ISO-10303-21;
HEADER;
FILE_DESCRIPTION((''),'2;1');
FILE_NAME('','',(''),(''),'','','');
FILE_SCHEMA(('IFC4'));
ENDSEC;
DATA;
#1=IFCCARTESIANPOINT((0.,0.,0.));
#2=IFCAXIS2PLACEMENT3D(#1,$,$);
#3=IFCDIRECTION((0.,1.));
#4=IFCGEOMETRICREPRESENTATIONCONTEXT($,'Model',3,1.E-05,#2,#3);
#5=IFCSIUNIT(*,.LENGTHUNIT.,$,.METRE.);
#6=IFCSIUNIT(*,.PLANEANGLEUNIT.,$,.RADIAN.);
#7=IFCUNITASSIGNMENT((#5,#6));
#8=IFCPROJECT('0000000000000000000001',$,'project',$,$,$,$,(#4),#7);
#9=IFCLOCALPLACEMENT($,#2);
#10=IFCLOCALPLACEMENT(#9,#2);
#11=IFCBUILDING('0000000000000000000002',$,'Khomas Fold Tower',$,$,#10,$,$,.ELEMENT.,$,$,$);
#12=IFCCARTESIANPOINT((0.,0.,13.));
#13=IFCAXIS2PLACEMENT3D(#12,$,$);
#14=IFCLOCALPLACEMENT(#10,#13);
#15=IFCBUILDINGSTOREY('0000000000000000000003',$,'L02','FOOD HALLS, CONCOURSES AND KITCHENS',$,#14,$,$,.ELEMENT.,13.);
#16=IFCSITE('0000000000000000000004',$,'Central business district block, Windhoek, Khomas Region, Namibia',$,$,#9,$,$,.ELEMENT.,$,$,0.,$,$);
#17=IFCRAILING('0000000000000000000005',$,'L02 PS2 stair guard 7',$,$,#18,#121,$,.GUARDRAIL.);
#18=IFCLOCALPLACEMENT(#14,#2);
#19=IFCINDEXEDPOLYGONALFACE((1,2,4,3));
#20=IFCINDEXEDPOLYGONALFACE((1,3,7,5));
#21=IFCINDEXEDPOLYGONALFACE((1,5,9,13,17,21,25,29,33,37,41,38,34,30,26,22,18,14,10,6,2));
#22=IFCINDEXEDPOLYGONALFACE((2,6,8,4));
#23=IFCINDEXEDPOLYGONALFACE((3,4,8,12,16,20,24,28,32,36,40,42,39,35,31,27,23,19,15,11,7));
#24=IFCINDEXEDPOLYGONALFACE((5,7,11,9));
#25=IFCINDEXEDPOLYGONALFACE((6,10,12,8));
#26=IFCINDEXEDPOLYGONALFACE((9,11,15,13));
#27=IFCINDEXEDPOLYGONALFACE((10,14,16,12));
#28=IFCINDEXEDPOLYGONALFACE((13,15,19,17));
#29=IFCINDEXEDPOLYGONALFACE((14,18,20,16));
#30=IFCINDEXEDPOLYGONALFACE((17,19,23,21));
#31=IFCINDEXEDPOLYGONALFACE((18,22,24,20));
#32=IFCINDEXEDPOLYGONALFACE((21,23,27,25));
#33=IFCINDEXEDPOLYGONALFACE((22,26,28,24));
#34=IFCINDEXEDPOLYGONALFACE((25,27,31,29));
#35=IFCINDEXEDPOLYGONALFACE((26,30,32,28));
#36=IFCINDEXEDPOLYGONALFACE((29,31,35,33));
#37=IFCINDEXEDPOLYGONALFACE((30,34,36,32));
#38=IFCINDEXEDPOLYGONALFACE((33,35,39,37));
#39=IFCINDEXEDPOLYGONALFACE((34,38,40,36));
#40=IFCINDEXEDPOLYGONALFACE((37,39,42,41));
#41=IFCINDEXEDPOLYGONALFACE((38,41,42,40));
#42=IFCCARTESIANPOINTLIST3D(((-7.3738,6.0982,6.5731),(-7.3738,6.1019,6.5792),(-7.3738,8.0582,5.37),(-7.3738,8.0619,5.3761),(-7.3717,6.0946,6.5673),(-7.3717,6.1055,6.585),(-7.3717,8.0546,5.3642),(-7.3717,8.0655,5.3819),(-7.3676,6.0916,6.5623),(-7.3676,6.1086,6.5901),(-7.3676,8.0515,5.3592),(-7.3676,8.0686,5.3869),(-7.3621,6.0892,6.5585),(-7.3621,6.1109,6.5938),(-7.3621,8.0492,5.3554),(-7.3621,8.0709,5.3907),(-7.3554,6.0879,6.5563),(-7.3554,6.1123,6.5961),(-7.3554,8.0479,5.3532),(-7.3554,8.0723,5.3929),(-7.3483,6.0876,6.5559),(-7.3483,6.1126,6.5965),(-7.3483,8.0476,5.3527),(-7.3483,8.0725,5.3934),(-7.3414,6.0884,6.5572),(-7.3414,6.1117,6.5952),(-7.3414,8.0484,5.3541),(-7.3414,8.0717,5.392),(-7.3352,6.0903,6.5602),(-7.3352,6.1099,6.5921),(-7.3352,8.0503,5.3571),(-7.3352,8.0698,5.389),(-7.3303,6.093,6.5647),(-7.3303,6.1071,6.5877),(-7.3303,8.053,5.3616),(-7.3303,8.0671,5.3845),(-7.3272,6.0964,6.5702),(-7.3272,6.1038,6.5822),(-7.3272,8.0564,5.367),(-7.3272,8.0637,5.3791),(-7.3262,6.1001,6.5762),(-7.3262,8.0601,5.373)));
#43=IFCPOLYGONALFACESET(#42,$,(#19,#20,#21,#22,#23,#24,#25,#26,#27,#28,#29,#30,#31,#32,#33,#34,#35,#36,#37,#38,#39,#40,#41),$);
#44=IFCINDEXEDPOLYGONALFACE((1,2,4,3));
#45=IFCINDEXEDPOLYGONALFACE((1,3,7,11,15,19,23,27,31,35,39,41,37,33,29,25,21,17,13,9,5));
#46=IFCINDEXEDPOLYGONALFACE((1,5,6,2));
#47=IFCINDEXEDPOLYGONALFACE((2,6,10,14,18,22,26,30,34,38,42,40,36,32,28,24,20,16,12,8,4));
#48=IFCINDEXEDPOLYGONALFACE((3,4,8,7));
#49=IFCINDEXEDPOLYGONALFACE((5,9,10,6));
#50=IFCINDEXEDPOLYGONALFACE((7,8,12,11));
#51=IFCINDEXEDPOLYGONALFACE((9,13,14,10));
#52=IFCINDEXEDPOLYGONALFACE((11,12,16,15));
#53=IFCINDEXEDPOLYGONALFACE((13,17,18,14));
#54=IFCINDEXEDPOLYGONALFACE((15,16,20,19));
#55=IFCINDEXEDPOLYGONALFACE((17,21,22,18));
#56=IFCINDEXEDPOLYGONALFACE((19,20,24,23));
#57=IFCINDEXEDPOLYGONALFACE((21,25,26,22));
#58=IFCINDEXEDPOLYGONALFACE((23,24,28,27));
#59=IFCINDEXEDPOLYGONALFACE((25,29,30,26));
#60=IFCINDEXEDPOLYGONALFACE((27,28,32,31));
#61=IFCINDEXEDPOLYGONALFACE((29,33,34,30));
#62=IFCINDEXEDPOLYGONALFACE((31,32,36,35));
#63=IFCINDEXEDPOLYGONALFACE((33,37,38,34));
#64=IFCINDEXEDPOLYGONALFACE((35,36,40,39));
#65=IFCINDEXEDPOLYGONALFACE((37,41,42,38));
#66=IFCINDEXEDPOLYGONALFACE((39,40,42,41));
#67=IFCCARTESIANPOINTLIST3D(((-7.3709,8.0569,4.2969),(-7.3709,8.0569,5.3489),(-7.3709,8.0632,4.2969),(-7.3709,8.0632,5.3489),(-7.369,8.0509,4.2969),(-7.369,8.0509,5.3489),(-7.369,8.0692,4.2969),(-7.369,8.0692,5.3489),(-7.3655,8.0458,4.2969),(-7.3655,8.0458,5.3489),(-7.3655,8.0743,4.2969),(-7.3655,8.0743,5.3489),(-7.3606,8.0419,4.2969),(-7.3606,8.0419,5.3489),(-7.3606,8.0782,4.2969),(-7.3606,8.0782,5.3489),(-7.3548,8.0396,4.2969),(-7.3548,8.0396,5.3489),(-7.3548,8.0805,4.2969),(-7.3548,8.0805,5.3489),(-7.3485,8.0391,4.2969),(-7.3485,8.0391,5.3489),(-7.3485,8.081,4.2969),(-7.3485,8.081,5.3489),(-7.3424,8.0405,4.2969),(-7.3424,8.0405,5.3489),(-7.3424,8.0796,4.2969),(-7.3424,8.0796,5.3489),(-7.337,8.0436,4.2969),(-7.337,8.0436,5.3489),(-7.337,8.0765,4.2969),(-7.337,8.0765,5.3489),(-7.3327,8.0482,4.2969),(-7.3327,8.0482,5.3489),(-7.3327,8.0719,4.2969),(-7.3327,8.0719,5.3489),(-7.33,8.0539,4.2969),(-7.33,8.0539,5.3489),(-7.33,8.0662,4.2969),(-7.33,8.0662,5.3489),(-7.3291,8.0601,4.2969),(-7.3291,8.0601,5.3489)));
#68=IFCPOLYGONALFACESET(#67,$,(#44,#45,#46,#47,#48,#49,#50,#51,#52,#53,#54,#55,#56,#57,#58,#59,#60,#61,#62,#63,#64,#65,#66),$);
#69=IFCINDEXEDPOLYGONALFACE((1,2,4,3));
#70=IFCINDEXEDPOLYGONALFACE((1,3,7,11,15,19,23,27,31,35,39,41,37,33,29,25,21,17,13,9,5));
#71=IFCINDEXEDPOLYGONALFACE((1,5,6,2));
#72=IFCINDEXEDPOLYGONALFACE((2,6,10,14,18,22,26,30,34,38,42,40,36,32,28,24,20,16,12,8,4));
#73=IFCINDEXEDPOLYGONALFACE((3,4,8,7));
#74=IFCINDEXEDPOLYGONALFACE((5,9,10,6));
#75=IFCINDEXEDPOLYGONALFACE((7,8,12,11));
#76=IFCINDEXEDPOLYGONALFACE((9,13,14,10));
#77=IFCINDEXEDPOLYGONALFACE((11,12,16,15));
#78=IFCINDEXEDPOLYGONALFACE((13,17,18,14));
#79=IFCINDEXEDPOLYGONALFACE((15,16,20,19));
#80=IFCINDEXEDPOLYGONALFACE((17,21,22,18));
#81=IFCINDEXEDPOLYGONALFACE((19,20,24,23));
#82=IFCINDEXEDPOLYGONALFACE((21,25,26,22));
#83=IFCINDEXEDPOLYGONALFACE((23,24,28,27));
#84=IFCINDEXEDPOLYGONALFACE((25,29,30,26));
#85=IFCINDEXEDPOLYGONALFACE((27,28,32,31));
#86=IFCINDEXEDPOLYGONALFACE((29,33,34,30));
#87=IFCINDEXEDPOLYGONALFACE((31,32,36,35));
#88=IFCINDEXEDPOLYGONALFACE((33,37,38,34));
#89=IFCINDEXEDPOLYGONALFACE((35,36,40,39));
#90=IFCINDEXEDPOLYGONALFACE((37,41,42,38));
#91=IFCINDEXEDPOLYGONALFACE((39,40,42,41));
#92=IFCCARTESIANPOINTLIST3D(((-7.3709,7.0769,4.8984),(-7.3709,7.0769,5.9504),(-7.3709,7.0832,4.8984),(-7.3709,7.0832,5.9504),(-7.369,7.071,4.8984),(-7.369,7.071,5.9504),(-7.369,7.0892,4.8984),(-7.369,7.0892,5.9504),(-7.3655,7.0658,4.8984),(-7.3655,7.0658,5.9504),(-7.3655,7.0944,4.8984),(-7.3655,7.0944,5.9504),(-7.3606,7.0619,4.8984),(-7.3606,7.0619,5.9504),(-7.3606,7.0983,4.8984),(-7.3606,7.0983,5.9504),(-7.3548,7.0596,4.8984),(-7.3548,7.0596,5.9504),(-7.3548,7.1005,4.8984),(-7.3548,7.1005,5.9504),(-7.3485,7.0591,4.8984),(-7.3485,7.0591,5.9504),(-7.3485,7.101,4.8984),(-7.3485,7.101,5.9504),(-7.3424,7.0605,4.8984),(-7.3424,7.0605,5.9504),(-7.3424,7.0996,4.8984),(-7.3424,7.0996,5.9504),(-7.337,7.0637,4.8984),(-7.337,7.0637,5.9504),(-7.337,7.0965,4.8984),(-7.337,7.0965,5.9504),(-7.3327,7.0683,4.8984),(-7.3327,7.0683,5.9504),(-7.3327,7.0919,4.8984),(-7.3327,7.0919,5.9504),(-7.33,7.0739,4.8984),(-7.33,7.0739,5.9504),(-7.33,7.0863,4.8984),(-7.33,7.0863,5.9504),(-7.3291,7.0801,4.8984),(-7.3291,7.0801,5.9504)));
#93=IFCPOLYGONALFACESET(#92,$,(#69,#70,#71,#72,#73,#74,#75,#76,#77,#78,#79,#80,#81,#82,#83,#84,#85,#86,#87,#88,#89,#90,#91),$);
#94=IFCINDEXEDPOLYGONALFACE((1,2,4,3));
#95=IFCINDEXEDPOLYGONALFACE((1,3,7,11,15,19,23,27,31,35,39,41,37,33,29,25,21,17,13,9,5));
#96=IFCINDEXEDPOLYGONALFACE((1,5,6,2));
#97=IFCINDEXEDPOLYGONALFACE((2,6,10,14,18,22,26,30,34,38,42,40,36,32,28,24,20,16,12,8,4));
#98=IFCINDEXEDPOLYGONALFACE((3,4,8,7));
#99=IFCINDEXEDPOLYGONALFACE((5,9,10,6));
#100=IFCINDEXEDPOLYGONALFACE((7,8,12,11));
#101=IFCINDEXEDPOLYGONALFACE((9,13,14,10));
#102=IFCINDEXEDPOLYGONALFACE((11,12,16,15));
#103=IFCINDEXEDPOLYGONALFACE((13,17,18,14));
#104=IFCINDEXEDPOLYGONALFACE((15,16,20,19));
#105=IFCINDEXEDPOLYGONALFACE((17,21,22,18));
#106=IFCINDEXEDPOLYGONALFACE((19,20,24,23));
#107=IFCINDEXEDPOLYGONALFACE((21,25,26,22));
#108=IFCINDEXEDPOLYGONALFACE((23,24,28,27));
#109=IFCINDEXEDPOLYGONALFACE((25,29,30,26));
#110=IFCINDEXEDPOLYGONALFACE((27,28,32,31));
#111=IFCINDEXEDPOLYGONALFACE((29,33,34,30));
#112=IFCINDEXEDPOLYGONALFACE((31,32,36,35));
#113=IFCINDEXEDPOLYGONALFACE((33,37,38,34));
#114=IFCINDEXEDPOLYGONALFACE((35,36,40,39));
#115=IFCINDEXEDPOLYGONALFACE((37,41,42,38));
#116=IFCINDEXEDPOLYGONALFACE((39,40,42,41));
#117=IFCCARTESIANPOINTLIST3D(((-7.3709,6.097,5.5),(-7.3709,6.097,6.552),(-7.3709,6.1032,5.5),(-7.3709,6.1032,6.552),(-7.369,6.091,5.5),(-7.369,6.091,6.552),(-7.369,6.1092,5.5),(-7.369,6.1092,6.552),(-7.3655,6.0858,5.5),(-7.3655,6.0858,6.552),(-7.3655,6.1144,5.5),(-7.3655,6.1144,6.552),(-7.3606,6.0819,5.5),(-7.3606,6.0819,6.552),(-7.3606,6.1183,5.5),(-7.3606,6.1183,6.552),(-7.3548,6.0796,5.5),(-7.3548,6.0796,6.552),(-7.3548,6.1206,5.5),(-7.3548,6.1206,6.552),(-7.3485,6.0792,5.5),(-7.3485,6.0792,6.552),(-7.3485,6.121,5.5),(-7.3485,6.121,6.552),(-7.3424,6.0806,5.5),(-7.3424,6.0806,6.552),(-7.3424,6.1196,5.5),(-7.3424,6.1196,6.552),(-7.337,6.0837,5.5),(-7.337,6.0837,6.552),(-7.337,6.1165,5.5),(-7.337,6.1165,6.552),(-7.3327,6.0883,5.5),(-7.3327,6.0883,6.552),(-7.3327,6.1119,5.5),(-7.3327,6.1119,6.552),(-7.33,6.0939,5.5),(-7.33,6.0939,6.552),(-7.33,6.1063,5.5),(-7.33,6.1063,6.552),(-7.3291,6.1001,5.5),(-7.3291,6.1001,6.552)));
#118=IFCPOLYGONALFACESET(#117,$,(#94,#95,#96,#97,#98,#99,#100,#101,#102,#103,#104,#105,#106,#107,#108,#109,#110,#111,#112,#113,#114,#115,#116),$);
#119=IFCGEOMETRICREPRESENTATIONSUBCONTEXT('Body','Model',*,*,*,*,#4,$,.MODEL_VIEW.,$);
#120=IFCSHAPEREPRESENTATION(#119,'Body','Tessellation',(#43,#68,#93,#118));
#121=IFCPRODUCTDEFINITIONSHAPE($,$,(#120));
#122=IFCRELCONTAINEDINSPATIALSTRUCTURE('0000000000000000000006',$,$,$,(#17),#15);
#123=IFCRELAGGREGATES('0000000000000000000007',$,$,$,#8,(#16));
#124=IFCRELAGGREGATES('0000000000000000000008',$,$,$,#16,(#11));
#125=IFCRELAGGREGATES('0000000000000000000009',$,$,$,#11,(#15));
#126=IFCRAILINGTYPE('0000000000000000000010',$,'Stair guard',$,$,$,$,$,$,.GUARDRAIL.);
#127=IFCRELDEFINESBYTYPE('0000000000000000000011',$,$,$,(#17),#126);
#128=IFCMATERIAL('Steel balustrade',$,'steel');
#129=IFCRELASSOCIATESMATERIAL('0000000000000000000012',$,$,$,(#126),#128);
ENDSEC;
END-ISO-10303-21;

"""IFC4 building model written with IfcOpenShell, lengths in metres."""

from ifc_helpers import new_model, si_unit, direction, frame, origin, origin_2d, place, context, subcontext, project, spatial, circle, extrude, source, transform, mapped, material, type_object, element, save


model = new_model("IFC4")

# Units and contexts
model_context = context("Model", 3, precision=1e-05, world=origin(), true_north=direction((0.0, 1.0)))
body_context = subcontext(model_context, "Body", "Model", "MODEL_VIEW")
ifc_project = project(units=[si_unit("LENGTHUNIT", "METRE"), si_unit("PLANEANGLEUNIT", "RADIAN")], contexts=[model_context])

# Site, building, storey
site_placement = place(None, origin())
site = spatial("IfcSite", under=ifc_project, at=site_placement, Name="Central business district block, Windhoek, Khomas Region, Namibia", CompositionType="ELEMENT", RefElevation=0.0)
building_placement = place(site_placement, origin())
building = spatial("IfcBuilding", under=site, at=building_placement, Name="Khomas Fold Tower", CompositionType="ELEMENT")
storey_placement = place(building_placement, frame((0.0, 0.0, 13.0)))
storey = spatial("IfcBuildingStorey", under=building, at=storey_placement, Name="L02", Description="FOOD HALLS, CONCOURSES AND KITCHENS", CompositionType="ELEMENT", Elevation=13.0)

# Railing
ifc_material_1 = material(Name="Steel balustrade", Category="steel")
railing_type_1 = type_object("IfcRailingType", Name="Stair guard", PredefinedType="GUARDRAIL", material=ifc_material_1)
shared_shape_1 = source(origin(), body_context, "Body", "SweptSolid", [
    extrude(circle(Radius=0.0239, at=origin_2d()), frame((0.0, 0.0, 1.0762), z_axis=(0.0, -0.852241, 0.523149), x_axis=(1.0, 0.0, 0.0)), (0.0, 0.0, 1.0), 2.2998),
    extrude(circle(Radius=0.021, at=origin_2d()), origin(), (0.0, 0.0, 1.0), 1.052),
    extrude(circle(Radius=0.021, at=origin_2d()), frame((0.0, -0.98, 0.6016)), (0.0, 0.0, 1.0), 1.052),
    extrude(circle(Radius=0.021, at=origin_2d()), frame((0.0, -1.96, 1.2031)), (0.0, 0.0, 1.0), 1.052),
])
for number, where, name in (
    (1, (-7.3501, 8.0601, 4.2969), "L02 PS2 stair guard 7"),
):
    element("IfcRailing", number, at=place(storey_placement, frame(where)), inside=storey, type_object=railing_type_1, Name=name, PredefinedType="GUARDRAIL", context=body_context, shape_type="MappedRepresentation", body=[
        mapped(shared_shape_1, transform((0.0, 0.0, 0.0))),
    ])

save(model, "model.ifc")
